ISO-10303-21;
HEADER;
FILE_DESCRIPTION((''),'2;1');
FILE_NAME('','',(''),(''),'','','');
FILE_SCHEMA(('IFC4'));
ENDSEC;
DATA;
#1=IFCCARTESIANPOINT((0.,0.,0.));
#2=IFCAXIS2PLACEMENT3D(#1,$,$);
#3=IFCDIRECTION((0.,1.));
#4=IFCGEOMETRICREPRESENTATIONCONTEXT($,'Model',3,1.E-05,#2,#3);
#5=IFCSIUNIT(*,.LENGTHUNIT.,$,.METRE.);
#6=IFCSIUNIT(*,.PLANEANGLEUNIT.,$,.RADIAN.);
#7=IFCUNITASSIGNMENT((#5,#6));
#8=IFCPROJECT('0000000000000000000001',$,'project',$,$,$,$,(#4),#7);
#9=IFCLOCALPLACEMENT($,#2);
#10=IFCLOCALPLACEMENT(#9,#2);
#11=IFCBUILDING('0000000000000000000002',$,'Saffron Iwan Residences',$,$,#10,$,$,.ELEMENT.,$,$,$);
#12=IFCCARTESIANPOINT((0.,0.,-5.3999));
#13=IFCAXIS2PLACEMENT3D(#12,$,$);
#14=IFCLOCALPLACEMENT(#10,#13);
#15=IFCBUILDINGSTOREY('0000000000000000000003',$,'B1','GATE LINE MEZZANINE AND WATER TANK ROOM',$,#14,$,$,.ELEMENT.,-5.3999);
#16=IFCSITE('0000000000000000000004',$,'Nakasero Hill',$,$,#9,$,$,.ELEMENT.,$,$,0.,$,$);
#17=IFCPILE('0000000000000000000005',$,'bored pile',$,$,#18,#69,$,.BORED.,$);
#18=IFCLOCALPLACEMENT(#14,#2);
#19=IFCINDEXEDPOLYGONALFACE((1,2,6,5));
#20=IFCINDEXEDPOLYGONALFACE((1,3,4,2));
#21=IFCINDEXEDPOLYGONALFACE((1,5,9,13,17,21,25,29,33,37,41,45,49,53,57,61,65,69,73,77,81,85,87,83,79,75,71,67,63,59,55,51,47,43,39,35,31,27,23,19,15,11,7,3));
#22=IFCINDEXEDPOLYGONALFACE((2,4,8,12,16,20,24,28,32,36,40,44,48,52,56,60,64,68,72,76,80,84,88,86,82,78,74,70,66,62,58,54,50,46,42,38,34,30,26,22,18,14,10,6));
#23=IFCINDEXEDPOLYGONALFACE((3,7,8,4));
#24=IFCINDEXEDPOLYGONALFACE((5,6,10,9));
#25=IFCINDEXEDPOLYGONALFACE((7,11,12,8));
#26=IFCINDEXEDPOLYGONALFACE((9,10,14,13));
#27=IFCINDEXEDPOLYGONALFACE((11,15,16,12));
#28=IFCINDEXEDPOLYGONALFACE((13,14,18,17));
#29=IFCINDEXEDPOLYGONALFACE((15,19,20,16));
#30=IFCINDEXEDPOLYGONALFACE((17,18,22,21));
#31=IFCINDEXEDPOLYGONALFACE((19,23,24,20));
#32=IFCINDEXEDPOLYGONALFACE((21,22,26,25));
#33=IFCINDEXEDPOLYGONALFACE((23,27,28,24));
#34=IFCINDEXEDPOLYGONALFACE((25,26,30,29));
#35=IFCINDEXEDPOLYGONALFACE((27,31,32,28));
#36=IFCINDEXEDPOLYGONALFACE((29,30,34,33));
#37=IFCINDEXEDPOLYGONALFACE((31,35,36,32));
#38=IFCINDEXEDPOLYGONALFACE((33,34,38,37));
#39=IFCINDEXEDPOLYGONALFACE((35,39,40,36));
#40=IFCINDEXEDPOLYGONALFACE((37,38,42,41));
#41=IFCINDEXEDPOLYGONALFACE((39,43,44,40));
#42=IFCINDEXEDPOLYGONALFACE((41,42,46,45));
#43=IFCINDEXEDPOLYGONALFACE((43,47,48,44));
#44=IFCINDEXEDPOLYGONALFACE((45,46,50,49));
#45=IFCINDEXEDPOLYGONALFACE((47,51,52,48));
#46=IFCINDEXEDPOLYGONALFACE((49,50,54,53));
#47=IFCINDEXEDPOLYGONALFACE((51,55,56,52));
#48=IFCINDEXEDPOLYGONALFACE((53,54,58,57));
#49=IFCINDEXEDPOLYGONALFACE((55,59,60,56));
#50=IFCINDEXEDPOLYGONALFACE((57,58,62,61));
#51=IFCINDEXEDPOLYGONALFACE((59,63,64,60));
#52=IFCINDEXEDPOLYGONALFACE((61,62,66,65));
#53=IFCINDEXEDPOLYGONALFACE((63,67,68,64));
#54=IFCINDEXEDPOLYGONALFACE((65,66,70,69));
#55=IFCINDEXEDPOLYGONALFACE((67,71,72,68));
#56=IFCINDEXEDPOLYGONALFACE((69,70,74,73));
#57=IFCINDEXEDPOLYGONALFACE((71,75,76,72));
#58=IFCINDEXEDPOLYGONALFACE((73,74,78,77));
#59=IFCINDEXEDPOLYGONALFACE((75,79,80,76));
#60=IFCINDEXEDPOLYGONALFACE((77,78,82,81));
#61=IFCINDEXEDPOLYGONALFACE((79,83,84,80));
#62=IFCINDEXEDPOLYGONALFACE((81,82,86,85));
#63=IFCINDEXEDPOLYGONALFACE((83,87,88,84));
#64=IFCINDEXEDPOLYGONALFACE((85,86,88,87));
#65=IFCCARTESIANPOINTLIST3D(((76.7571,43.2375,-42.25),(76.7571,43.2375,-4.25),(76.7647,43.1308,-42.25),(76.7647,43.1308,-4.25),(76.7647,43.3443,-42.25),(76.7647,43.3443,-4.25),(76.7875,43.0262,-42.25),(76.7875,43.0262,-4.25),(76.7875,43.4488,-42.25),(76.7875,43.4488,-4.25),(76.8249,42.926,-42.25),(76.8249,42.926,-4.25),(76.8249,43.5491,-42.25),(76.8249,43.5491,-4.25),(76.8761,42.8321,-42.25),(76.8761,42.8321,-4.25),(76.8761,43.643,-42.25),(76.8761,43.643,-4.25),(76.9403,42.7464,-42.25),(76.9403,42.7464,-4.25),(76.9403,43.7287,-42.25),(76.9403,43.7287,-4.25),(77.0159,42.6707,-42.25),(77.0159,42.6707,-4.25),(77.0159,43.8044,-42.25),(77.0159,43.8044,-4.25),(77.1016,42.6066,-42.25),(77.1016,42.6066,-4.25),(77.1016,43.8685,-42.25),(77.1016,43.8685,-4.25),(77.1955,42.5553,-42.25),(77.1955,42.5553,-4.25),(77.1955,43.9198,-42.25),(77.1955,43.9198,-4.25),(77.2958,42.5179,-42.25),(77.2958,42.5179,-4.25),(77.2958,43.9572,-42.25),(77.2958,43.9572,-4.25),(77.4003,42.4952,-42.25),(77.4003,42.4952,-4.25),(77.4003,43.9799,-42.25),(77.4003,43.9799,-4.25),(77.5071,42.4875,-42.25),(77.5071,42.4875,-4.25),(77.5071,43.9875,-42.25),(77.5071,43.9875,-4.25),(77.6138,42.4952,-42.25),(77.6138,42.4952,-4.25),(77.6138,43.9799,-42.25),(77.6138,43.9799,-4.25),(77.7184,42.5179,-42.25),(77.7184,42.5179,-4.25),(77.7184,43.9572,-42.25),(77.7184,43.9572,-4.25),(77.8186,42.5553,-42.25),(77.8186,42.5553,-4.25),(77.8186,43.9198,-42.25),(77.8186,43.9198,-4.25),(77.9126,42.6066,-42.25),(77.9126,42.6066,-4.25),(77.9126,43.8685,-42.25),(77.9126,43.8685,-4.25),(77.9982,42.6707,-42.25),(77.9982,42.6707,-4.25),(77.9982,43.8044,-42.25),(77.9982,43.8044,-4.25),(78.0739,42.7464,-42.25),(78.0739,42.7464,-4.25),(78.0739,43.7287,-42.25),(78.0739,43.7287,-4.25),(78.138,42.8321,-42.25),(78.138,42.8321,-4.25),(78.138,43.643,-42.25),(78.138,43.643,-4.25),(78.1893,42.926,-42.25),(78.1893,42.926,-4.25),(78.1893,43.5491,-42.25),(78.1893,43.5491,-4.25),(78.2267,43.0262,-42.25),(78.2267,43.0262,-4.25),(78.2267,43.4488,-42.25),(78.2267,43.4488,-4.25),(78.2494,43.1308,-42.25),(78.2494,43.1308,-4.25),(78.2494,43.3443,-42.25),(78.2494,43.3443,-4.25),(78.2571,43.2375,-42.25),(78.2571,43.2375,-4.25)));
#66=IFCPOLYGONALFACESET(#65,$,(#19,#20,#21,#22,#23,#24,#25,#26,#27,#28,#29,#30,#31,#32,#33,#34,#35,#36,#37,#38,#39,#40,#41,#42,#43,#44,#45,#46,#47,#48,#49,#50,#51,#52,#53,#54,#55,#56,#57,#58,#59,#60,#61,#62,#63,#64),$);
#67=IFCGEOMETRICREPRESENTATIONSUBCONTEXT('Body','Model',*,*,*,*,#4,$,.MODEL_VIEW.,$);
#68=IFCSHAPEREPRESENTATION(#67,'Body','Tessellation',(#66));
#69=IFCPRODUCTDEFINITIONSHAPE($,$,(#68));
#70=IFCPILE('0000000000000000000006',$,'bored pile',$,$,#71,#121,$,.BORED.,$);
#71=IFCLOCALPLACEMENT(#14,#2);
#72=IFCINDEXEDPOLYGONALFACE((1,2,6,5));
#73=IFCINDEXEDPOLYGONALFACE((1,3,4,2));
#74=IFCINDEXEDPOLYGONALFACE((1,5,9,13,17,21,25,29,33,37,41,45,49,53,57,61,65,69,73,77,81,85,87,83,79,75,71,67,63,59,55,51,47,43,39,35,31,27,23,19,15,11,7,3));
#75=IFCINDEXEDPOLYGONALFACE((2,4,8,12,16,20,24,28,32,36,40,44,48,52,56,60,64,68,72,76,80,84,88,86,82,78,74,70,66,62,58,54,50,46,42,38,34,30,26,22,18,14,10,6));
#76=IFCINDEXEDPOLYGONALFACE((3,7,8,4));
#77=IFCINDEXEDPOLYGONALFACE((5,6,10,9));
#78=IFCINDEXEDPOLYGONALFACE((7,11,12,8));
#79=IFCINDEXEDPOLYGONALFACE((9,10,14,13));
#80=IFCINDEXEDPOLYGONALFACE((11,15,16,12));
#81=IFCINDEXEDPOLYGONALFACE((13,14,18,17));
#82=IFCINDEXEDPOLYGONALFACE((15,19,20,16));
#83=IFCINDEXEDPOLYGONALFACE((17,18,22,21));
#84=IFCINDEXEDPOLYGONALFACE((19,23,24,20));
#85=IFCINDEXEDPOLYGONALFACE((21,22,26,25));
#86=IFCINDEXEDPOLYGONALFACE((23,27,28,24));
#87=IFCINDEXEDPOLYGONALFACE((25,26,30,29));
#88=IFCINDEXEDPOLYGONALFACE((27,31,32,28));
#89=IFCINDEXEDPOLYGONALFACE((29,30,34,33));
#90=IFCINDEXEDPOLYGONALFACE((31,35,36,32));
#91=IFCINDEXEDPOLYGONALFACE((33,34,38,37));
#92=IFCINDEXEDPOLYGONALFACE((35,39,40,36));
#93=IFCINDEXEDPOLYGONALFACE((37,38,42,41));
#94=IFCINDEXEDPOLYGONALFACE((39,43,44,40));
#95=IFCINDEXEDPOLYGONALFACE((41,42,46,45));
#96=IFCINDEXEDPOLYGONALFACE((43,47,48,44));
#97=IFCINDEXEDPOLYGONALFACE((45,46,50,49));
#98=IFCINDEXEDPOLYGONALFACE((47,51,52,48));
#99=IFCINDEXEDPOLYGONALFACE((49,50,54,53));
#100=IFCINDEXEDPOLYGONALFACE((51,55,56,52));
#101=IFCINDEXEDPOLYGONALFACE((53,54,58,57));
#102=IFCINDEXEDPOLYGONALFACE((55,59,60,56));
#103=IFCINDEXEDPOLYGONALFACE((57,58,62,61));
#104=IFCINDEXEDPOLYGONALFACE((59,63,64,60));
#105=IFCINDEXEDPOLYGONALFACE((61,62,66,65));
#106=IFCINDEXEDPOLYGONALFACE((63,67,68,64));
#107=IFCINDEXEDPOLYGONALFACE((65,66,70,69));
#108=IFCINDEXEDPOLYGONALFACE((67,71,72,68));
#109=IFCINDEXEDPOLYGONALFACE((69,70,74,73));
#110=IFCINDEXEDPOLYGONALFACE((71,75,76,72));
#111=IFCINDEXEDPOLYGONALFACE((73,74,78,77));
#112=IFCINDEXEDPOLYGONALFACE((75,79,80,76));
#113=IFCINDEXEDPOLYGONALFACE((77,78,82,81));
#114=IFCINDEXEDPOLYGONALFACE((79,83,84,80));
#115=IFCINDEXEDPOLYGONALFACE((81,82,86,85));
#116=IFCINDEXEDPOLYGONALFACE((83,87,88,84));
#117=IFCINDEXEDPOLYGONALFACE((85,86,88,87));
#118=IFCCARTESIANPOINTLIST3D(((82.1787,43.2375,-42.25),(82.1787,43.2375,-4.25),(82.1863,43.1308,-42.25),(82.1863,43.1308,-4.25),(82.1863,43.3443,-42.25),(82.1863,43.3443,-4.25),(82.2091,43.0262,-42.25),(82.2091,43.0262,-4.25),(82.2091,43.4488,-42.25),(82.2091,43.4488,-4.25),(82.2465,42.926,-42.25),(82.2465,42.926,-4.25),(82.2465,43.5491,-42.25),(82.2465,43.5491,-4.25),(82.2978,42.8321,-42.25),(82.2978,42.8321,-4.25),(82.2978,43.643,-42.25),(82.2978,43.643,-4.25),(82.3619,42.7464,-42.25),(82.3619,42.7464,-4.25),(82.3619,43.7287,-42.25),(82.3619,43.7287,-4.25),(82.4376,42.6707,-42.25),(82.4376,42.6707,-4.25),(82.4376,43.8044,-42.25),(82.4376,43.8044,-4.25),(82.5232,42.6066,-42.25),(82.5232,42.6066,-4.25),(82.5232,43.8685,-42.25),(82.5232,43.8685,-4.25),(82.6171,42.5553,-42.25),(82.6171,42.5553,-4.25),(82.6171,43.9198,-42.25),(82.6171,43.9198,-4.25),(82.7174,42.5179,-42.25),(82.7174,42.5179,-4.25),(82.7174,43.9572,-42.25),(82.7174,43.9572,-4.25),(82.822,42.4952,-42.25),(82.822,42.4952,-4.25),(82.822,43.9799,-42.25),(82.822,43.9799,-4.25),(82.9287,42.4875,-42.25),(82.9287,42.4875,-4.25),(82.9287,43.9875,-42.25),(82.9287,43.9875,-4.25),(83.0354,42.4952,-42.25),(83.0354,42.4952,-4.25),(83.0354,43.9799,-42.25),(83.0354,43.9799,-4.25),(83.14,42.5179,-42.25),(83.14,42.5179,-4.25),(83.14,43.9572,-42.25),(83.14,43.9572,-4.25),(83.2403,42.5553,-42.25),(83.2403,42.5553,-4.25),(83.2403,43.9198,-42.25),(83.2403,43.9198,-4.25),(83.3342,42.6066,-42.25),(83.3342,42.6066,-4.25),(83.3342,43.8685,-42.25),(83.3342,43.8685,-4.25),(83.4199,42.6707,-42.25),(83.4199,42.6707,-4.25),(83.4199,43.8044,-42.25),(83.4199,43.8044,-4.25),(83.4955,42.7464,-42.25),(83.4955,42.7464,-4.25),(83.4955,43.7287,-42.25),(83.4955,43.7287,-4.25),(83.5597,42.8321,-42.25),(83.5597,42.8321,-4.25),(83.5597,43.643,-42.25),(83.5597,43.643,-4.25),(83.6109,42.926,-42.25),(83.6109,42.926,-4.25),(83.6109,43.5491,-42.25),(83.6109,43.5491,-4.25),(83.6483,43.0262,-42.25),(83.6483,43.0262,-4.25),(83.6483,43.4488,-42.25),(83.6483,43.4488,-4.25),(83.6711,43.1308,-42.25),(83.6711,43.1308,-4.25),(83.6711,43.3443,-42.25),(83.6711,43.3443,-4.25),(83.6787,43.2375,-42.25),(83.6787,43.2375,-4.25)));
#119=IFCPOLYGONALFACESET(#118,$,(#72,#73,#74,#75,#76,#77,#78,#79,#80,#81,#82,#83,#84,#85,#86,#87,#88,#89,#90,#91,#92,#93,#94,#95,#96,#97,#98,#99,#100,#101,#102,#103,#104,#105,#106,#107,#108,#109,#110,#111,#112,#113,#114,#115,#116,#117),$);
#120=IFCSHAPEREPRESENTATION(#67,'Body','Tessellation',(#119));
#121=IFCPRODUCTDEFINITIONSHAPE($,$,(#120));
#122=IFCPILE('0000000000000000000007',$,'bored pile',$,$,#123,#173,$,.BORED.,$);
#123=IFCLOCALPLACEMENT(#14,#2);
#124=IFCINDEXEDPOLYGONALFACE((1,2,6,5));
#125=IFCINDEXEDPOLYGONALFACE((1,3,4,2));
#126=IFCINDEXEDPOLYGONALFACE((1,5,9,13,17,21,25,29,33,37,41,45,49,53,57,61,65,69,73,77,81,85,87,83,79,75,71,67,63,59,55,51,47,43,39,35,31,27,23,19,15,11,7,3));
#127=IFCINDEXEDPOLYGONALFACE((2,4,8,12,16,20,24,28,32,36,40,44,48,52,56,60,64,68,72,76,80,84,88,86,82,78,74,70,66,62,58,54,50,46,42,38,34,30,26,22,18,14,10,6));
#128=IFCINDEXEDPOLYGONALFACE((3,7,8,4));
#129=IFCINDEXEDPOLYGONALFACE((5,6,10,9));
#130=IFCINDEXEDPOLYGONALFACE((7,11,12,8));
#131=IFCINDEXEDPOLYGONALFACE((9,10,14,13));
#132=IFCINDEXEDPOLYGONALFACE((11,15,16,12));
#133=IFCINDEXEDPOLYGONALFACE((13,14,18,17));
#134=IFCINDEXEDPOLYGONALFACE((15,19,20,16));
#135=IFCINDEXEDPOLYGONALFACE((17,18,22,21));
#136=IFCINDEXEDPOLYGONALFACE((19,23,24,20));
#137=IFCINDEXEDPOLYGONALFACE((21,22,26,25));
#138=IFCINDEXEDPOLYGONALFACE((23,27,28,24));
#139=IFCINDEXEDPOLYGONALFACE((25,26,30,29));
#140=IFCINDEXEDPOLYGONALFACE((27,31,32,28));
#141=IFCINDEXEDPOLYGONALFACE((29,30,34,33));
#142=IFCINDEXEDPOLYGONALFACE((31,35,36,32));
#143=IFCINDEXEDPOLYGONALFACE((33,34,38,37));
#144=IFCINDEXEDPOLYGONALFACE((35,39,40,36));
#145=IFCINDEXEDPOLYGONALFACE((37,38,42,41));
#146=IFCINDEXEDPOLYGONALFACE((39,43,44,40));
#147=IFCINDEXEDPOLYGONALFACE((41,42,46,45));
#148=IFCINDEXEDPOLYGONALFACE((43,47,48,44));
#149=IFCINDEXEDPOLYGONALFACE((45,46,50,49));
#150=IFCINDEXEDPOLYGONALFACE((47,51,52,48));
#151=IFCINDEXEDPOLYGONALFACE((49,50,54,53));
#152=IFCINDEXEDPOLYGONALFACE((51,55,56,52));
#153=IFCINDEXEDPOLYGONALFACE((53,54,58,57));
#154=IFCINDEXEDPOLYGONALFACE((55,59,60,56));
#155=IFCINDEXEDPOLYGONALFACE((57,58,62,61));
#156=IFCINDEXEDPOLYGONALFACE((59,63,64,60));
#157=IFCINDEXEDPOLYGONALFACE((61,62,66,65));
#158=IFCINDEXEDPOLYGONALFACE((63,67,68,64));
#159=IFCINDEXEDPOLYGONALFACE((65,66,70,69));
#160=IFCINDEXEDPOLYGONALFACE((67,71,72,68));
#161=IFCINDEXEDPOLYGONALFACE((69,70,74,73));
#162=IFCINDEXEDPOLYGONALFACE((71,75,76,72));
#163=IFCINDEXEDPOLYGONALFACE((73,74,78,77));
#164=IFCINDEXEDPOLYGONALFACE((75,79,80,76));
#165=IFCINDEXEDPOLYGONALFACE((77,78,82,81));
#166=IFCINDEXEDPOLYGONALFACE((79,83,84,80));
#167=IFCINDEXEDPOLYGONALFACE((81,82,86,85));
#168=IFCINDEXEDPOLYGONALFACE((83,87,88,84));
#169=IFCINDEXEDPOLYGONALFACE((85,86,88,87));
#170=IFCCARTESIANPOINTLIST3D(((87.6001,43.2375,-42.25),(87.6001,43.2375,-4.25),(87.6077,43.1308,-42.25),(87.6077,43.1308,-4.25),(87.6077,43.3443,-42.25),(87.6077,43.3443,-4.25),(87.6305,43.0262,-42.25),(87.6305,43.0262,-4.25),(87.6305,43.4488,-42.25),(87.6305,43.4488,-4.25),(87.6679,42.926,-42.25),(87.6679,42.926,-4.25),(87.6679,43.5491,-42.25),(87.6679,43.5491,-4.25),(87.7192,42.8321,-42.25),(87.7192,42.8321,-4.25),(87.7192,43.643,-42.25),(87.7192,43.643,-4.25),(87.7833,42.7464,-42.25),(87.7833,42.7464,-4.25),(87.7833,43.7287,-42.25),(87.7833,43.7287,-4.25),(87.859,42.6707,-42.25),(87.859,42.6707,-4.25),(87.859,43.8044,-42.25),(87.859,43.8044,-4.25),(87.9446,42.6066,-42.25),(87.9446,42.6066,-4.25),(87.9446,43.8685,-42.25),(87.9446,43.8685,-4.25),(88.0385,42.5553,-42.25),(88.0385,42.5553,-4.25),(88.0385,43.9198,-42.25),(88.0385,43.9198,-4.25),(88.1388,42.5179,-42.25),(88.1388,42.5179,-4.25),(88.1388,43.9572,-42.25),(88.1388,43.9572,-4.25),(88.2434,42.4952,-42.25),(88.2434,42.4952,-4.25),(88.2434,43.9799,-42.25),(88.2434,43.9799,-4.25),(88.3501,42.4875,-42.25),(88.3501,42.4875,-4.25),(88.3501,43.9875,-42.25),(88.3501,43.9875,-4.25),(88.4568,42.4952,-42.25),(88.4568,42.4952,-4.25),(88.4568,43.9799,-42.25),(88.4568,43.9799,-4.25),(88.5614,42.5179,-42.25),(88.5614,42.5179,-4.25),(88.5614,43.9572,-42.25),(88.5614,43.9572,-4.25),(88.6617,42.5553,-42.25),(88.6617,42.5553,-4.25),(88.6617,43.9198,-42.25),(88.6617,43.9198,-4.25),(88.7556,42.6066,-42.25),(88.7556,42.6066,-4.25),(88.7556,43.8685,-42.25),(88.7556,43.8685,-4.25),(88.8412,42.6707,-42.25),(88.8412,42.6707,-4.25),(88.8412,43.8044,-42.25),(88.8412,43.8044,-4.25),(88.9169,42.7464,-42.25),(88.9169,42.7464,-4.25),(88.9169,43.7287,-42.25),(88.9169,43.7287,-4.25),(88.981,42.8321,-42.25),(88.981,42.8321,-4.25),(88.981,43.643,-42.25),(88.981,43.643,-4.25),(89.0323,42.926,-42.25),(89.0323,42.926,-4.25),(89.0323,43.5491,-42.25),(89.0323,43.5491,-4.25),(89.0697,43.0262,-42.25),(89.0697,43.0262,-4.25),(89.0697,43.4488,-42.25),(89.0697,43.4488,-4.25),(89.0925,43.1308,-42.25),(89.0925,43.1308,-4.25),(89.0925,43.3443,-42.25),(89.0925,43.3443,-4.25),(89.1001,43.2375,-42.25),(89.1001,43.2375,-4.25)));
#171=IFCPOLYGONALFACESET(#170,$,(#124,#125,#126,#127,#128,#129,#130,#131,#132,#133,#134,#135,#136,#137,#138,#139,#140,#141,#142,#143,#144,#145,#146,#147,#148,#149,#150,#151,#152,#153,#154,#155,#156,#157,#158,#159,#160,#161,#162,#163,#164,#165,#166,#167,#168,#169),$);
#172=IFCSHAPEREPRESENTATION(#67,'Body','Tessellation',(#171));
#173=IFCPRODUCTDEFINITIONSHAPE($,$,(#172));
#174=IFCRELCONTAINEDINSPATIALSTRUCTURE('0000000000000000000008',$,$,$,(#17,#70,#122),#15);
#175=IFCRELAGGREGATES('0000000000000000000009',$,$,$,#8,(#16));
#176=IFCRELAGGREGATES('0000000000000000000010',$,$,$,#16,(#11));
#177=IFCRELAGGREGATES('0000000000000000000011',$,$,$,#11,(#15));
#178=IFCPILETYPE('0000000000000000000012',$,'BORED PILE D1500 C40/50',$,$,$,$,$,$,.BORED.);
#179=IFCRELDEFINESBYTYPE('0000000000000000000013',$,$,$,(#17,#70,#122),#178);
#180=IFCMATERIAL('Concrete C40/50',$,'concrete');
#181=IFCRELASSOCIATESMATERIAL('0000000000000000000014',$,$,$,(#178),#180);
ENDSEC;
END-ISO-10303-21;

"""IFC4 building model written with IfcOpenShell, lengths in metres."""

from ifc_helpers import new_model, si_unit, direction, frame, origin, origin_2d, place, context, subcontext, project, spatial, circle, extrude, material, material_profile, profile_set, type_object, element, save


model = new_model("IFC4")

# Units and contexts
model_context = context("Model", 3, precision=1e-05, world=origin(), true_north=direction((0.0, 1.0)))
body_context = subcontext(model_context, "Body", "Model", "MODEL_VIEW")
ifc_project = project(units=[si_unit("LENGTHUNIT", "METRE"), si_unit("PLANEANGLEUNIT", "RADIAN")], contexts=[model_context])

# Site, building, storey
site_placement = place(None, origin())
site = spatial("IfcSite", under=ifc_project, at=site_placement, Name="Nakasero Hill", CompositionType="ELEMENT", RefElevation=0.0)
building_placement = place(site_placement, origin())
building = spatial("IfcBuilding", under=site, at=building_placement, Name="Saffron Iwan Residences", CompositionType="ELEMENT")
storey_placement = place(building_placement, frame((0.0, 0.0, -5.3999)))
storey = spatial("IfcBuildingStorey", under=building, at=storey_placement, Name="B1", Description="GATE LINE MEZZANINE AND WATER TANK ROOM", CompositionType="ELEMENT", Elevation=-5.3999)

# Piles
ifc_material_1 = material(Name="Concrete C40/50", Category="concrete")
ifc_material_profile_1 = material_profile(ifc_material_1, circle(Radius=0.75, at=origin_2d()), Name="RC D1500")
ifc_profile_set_1 = profile_set([ifc_material_profile_1], Name="Concrete C40/50")
pile_type = type_object("IfcPileType", Name="BORED PILE D1500 C40/50", PredefinedType="BORED", material=ifc_profile_set_1)
for number, where, z_axis, x_axis, name in (
    (1, (77.5071, 43.2375, -4.25), (0.0, 0.0, -1.0), (1.0, 0.0, 0.0), "bored pile"),
    (2, (82.9287, 43.2375, -4.25), (0.0, 0.0, -1.0), (1.0, 0.0, 0.0), "bored pile"),
    (3, (88.3501, 43.2375, -4.25), (0.0, 0.0, -1.0), (1.0, 0.0, 0.0), "bored pile"),
):
    element("IfcPile", number, at=place(storey_placement, frame(where, z_axis=z_axis, x_axis=x_axis)), inside=storey, type_object=pile_type, Name=name, PredefinedType="BORED", context=body_context, shape_type="SweptSolid", body=[
        extrude(circle(Radius=0.75, at=origin_2d()), origin(), (0.0, 0.0, 1.0), 38.0),
    ])

save(model, "model.ifc")
